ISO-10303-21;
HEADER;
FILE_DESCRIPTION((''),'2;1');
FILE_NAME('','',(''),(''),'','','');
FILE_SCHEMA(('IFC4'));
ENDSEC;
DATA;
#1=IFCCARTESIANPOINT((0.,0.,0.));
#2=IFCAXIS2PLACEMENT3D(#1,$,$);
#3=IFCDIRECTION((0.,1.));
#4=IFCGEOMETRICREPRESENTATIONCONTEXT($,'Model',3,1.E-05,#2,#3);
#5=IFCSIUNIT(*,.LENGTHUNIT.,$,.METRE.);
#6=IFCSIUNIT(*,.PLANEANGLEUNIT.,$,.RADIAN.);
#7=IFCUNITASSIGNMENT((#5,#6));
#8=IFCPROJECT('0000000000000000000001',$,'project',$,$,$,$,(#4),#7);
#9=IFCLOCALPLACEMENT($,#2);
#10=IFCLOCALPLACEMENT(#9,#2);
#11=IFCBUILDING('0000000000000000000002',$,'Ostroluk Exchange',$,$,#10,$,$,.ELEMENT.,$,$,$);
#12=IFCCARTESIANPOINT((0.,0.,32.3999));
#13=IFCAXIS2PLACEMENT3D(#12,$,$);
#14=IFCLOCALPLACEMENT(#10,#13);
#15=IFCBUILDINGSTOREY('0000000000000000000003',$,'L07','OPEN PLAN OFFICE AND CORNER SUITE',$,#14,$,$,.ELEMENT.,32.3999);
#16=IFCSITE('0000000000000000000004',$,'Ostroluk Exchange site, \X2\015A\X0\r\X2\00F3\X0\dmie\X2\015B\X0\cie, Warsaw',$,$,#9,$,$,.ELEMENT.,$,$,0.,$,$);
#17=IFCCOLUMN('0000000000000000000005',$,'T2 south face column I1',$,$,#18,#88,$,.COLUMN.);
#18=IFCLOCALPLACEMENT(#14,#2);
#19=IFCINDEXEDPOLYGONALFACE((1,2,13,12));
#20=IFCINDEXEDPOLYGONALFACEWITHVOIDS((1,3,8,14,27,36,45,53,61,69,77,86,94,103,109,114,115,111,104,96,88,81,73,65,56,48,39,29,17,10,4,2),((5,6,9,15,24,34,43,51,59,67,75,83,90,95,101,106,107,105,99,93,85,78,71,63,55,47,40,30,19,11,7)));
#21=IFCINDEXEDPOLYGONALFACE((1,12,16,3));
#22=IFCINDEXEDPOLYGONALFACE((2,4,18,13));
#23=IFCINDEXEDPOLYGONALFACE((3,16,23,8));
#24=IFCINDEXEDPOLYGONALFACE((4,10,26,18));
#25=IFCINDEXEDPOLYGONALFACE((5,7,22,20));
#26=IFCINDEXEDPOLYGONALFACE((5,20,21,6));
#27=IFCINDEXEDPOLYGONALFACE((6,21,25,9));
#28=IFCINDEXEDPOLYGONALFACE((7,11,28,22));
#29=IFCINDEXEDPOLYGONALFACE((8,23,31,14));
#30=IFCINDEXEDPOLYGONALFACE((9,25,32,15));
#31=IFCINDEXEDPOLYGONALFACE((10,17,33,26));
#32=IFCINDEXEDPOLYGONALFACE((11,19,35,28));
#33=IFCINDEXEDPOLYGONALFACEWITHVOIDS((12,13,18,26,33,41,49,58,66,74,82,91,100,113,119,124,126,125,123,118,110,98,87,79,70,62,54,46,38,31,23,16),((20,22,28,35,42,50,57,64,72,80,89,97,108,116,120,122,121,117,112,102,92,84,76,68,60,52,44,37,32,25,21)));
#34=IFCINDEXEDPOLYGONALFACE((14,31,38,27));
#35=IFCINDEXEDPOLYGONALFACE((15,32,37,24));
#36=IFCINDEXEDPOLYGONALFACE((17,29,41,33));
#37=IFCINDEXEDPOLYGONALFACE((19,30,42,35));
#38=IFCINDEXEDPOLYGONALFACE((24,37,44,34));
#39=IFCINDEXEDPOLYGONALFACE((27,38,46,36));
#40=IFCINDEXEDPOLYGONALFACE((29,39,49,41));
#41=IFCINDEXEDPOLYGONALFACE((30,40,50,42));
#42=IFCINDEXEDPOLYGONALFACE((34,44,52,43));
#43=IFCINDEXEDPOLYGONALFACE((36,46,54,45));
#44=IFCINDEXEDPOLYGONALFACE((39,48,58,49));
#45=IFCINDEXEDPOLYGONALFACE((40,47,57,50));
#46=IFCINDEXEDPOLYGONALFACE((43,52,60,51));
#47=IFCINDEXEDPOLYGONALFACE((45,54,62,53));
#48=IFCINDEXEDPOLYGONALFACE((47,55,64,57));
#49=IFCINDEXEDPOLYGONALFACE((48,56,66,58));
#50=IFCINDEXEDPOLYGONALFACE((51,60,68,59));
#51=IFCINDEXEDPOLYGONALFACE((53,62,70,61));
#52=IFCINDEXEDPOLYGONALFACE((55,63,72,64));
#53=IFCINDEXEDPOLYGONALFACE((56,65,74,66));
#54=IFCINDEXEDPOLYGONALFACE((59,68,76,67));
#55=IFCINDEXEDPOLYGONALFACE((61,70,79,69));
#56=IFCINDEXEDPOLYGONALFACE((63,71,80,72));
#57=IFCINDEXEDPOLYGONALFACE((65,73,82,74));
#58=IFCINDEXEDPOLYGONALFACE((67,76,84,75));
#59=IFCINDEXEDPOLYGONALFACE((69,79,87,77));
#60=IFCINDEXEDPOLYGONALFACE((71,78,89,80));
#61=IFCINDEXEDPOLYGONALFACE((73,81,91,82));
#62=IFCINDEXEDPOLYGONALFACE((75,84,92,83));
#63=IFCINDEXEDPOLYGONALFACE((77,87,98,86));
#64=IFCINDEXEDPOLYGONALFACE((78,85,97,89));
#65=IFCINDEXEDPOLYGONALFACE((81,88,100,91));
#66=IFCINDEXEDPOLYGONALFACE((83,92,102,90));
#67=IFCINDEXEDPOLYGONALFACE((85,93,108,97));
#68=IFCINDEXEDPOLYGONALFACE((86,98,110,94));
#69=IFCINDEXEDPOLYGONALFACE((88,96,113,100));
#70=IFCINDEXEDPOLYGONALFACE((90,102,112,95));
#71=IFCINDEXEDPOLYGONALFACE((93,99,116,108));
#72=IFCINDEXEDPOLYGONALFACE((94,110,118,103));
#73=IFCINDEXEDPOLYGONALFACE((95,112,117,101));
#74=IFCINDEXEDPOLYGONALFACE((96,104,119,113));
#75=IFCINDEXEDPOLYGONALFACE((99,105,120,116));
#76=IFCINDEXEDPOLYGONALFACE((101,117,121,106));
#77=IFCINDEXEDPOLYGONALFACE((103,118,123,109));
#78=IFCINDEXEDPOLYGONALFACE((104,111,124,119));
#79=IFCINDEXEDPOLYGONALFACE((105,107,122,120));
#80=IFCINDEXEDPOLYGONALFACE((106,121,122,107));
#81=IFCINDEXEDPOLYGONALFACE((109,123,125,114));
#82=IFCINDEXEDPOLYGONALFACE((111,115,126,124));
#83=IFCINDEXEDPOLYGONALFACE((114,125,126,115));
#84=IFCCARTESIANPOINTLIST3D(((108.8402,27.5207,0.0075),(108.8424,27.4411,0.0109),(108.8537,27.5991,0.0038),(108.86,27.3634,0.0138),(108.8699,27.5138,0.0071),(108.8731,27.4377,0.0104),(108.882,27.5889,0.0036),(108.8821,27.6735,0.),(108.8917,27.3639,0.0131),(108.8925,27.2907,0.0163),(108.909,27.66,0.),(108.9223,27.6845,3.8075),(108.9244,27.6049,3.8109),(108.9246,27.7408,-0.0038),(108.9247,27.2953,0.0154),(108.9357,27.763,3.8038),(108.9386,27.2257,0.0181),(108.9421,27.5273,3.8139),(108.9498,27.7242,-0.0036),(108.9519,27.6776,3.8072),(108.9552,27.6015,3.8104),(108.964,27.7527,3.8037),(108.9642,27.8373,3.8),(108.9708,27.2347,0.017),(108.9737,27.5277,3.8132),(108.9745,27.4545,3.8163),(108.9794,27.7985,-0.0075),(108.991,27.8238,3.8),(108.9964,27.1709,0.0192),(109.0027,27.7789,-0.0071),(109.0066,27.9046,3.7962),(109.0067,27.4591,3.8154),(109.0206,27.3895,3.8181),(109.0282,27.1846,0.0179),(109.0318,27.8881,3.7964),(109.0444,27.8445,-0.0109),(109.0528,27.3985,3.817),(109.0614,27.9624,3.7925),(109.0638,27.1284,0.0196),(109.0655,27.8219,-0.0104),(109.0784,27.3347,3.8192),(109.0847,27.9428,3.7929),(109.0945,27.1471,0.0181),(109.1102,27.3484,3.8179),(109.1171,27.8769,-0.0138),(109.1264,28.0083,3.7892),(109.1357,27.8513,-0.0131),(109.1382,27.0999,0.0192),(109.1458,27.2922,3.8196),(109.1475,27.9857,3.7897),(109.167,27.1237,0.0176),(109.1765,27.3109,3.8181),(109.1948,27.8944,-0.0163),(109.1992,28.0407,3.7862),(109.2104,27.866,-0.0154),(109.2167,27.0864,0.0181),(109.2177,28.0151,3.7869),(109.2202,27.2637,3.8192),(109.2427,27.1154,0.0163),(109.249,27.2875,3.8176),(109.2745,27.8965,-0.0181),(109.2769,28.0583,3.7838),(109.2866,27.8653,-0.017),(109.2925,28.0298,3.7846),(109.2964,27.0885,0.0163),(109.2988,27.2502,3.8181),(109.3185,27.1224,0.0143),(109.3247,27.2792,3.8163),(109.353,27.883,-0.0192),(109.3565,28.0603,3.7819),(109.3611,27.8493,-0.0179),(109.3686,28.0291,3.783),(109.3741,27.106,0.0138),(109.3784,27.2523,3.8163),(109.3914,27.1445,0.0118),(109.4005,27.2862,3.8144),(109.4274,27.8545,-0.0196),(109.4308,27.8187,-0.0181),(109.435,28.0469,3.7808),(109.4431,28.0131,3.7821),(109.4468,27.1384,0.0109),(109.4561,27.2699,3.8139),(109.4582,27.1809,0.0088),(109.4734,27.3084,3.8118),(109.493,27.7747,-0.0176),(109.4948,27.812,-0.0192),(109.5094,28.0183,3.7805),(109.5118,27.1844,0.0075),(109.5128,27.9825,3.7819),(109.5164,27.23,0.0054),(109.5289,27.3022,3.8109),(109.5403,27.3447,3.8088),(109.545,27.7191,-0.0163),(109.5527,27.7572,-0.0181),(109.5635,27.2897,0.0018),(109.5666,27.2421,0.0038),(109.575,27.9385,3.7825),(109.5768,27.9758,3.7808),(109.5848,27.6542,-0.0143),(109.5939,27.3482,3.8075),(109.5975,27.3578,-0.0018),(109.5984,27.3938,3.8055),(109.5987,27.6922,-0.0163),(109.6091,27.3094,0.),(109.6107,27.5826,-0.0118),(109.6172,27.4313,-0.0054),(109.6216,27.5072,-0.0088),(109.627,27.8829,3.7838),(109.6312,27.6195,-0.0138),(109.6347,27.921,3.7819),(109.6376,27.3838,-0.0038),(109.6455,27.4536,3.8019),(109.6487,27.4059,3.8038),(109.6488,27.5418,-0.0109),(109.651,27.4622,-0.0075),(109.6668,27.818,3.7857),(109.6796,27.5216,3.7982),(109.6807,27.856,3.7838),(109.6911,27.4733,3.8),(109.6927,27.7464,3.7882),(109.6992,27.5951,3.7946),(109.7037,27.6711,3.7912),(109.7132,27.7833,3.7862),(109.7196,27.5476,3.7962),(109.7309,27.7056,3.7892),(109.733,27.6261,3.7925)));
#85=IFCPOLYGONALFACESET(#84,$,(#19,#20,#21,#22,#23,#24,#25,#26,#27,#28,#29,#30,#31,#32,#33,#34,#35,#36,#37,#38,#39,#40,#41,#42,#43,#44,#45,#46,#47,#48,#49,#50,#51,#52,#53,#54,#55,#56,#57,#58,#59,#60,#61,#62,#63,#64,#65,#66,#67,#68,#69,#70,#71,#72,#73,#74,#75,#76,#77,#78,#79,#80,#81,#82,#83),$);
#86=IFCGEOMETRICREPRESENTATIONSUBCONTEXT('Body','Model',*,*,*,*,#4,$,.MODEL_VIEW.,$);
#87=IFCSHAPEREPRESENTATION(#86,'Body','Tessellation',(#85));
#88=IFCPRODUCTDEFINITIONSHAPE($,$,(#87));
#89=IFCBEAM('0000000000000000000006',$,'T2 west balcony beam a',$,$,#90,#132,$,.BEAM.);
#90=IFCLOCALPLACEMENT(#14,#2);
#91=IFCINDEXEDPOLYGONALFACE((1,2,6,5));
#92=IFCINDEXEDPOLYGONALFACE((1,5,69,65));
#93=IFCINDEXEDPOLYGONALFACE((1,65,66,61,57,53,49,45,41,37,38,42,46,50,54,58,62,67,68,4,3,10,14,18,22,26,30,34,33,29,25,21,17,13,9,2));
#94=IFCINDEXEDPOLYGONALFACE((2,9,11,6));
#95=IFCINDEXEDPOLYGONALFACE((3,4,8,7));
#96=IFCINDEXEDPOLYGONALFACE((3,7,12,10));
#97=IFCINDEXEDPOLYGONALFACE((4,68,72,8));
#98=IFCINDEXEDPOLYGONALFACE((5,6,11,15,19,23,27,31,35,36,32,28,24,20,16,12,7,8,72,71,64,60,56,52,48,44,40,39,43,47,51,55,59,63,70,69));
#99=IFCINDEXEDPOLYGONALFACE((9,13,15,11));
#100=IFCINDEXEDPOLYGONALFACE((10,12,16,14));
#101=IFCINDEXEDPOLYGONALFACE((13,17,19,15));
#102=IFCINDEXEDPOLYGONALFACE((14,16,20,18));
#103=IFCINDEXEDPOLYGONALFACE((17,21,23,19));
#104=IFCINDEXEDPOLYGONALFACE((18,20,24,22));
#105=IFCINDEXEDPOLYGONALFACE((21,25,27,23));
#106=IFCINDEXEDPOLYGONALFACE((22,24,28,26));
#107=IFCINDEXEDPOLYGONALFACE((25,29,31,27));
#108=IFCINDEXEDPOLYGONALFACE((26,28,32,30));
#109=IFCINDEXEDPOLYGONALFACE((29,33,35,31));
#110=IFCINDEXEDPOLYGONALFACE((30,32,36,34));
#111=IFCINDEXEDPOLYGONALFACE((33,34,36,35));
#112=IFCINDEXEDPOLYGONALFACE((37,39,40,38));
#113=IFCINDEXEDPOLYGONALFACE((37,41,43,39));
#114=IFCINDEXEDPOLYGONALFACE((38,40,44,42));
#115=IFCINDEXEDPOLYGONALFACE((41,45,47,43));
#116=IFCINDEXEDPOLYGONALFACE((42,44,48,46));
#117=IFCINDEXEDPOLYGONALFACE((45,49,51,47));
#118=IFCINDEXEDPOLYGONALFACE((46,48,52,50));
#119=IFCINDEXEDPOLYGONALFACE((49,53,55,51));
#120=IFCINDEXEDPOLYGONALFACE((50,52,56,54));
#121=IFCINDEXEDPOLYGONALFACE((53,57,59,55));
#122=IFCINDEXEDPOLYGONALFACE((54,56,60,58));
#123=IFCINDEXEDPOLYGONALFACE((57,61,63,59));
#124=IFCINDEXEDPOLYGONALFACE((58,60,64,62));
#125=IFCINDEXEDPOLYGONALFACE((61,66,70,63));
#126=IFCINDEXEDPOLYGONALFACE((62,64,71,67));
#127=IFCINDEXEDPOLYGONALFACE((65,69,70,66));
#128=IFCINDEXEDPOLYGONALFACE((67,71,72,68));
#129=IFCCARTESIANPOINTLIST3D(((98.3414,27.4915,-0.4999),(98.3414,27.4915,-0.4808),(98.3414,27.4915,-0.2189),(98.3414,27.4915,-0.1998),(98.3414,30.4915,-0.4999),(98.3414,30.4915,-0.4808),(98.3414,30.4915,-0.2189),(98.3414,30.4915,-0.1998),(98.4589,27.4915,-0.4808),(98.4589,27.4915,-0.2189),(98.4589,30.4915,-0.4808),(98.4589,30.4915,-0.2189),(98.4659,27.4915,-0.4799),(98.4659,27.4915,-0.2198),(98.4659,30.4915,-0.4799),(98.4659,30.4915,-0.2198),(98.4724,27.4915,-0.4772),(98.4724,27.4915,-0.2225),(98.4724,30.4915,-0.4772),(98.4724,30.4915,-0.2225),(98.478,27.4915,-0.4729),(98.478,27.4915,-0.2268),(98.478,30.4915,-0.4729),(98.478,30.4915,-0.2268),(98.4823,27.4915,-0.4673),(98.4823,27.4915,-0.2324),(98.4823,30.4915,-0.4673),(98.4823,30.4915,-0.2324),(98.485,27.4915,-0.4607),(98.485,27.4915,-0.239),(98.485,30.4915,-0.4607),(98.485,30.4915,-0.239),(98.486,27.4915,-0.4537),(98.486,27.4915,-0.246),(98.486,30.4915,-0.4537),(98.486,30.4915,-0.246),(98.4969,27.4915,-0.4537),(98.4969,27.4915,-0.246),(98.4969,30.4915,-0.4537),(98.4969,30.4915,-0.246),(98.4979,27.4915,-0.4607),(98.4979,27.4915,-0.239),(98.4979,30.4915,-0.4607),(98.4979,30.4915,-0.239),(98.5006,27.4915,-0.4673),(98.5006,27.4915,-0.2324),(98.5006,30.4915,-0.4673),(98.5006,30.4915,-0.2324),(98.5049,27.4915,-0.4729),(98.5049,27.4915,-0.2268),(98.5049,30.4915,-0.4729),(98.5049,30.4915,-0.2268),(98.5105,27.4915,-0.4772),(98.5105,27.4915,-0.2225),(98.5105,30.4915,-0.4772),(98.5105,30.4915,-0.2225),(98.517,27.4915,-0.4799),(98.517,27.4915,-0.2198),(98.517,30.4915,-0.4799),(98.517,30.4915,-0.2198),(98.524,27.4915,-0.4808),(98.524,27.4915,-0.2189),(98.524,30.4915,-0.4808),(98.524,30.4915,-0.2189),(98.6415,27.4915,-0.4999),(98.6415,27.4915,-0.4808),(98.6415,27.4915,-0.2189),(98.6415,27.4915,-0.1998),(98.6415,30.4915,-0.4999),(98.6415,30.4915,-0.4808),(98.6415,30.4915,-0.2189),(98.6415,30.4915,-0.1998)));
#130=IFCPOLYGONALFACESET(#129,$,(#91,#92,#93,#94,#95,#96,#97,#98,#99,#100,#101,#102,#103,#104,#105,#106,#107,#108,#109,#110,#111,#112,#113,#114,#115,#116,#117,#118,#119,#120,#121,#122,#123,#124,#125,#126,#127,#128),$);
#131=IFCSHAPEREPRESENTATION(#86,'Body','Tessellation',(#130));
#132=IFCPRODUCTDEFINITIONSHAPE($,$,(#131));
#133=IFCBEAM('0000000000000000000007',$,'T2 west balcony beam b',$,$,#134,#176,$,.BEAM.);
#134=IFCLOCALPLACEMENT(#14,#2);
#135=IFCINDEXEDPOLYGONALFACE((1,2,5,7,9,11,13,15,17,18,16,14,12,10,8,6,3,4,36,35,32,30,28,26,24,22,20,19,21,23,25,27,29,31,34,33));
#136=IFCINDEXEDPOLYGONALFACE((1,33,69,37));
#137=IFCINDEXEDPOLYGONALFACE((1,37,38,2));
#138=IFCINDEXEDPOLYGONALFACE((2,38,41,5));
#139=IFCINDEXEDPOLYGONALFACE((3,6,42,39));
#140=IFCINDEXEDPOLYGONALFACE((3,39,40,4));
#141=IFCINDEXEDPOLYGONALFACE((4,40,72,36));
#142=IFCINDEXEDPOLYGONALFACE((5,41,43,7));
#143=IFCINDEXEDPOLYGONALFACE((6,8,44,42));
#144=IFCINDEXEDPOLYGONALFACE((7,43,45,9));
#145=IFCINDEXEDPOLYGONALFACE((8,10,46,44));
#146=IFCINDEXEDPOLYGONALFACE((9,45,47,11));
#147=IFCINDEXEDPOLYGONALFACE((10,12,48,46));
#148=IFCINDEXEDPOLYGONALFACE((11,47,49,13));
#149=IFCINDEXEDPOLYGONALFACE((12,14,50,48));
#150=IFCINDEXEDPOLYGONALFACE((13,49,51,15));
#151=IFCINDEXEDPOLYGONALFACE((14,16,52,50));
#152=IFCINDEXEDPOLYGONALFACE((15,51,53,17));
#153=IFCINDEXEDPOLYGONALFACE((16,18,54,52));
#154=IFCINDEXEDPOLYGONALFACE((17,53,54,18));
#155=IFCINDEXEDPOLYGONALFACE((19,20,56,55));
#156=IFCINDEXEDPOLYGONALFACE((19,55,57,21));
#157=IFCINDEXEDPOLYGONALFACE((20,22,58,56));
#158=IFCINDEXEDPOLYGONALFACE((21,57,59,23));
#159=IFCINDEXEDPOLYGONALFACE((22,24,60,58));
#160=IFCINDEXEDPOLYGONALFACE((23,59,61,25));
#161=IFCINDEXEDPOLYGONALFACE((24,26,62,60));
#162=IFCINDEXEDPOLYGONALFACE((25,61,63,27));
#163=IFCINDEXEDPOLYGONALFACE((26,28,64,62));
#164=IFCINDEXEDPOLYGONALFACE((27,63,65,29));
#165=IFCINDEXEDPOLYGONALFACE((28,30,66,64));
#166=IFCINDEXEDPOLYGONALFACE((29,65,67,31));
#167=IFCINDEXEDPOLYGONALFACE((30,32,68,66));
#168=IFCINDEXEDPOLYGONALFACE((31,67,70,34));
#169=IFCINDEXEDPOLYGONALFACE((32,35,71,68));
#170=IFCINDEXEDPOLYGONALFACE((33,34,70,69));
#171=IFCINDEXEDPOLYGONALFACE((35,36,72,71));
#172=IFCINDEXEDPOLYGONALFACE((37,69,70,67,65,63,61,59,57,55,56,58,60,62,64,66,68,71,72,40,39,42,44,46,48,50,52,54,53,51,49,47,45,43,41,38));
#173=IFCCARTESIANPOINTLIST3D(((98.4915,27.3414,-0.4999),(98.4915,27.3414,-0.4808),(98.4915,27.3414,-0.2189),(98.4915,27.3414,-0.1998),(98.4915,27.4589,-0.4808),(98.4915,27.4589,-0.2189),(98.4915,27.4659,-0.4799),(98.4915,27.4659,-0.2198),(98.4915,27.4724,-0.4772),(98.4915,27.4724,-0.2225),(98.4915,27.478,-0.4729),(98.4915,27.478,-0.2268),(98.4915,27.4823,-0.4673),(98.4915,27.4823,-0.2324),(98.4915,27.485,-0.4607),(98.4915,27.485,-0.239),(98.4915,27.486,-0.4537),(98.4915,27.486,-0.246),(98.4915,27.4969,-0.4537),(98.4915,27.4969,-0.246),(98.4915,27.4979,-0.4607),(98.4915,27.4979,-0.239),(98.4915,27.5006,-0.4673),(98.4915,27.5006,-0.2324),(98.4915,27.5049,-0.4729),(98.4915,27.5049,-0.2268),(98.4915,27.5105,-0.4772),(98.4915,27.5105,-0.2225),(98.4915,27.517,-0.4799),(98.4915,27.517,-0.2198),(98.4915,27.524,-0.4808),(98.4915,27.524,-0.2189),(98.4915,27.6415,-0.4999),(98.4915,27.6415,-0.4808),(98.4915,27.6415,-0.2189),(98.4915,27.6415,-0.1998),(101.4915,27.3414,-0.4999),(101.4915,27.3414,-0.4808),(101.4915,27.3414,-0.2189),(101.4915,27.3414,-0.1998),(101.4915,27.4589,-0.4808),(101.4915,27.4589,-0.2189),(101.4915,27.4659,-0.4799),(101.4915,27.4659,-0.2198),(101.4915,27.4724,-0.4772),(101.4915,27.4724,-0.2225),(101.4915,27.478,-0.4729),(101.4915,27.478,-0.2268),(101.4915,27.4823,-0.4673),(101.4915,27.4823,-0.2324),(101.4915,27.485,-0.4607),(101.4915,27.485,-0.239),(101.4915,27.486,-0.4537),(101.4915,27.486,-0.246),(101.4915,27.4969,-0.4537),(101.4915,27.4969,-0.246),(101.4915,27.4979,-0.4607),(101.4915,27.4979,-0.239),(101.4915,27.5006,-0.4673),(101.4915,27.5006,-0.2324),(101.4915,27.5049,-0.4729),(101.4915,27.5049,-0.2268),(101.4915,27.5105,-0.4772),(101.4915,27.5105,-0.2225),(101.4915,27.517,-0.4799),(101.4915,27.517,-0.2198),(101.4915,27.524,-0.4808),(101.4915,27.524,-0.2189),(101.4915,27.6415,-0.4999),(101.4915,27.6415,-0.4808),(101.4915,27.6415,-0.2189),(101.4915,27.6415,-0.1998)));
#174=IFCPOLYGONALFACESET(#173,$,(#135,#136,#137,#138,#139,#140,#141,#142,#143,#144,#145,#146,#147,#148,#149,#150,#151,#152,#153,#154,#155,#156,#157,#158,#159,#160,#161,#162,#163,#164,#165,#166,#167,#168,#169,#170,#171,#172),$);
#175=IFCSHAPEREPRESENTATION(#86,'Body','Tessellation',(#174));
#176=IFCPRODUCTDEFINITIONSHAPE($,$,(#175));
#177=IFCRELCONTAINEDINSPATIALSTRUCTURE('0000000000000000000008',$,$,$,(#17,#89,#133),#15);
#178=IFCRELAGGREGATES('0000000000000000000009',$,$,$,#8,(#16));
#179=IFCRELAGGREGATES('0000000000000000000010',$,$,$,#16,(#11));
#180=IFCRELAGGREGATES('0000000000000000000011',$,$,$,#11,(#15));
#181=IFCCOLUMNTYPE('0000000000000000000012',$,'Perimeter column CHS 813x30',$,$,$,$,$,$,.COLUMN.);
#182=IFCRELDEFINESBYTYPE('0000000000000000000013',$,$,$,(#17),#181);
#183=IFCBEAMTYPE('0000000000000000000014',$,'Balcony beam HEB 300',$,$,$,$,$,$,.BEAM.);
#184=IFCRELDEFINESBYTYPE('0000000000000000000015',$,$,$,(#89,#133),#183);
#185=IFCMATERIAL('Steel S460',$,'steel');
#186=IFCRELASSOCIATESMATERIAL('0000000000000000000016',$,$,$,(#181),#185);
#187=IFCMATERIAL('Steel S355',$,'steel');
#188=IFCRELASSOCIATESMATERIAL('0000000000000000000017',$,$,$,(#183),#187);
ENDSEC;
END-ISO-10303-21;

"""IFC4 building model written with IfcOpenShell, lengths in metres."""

from ifc_helpers import new_model, si_unit, direction, frame, origin, origin_2d, place, context, subcontext, project, spatial, hollow_circle, i_section, extrude, material, material_profile, profile_set, type_object, element, save


model = new_model("IFC4")

# Units and contexts
model_context = context("Model", 3, precision=1e-05, world=origin(), true_north=direction((0.0, 1.0)))
body_context = subcontext(model_context, "Body", "Model", "MODEL_VIEW")
ifc_project = project(units=[si_unit("LENGTHUNIT", "METRE"), si_unit("PLANEANGLEUNIT", "RADIAN")], contexts=[model_context])

# Site, building, storey
site_placement = place(None, origin())
site = spatial("IfcSite", under=ifc_project, at=site_placement, Name="Ostroluk Exchange site, Śródmieście, Warsaw", CompositionType="ELEMENT", RefElevation=0.0)
building_placement = place(site_placement, origin())
building = spatial("IfcBuilding", under=site, at=building_placement, Name="Ostroluk Exchange", CompositionType="ELEMENT")
storey_placement = place(building_placement, frame((0.0, 0.0, 32.3999)))
storey = spatial("IfcBuildingStorey", under=building, at=storey_placement, Name="L07", Description="OPEN PLAN OFFICE AND CORNER SUITE", CompositionType="ELEMENT", Elevation=32.3999)

# Column
ifc_material_1 = material(Name="Steel S460", Category="steel")
ifc_material_profile_1 = material_profile(ifc_material_1, hollow_circle(Radius=0.4065, WallThickness=0.03, at=origin_2d()), Name="CHS 813x30")
ifc_profile_set_1 = profile_set([ifc_material_profile_1], Name="Steel S460")
column_type_1 = type_object("IfcColumnType", Name="Perimeter column CHS 813x30", PredefinedType="COLUMN", material=ifc_profile_set_1)
column_1_placement = place(storey_placement, frame((109.2456, 27.4915, 0.0), z_axis=(0.021562, 0.04306, 0.99884), x_axis=(-0.894161, 0.447747, 0.0)))
element("IfcColumn", 1, at=column_1_placement, inside=storey, type_object=column_type_1, Name="T2 south face column I1", PredefinedType="COLUMN", context=body_context, shape_type="SweptSolid", body=[
    extrude(hollow_circle(Radius=0.4065, WallThickness=0.03, at=origin_2d()), origin(), (0.0, 0.0, 1.0), 3.8044),
])

# Beams
ifc_material_2 = material(Name="Steel S355", Category="steel")
ifc_material_profile_2 = material_profile(ifc_material_2, i_section(OverallWidth=0.3, OverallDepth=0.3, WebThickness=0.011, FlangeThickness=0.019, FilletRadius=0.0271, at=origin_2d()), Name="HEB 300")
ifc_profile_set_2 = profile_set([ifc_material_profile_2], Name="Steel S355")
beam_type_1 = type_object("IfcBeamType", Name="Balcony beam HEB 300", PredefinedType="BEAM", material=ifc_profile_set_2)
for number, where, z_axis, x_axis, name in (
    (2, (98.4915, 30.4915, -0.3499), (0.0, -1.0, 0.0), (1.0, 0.0, 0.0), "T2 west balcony beam a"),
    (3, (101.4915, 27.4915, -0.3499), (-1.0, 0.0, 0.0), (0.0, -1.0, 0.0), "T2 west balcony beam b"),
):
    element("IfcBeam", number, at=place(storey_placement, frame(where, z_axis=z_axis, x_axis=x_axis)), inside=storey, type_object=beam_type_1, Name=name, PredefinedType="BEAM", context=body_context, shape_type="SweptSolid", body=[
        extrude(i_section(OverallWidth=0.3, OverallDepth=0.3, WebThickness=0.011, FlangeThickness=0.019, FilletRadius=0.0271, at=origin_2d()), origin(), (0.0, 0.0, 1.0), 3.0),
    ])

save(model, "model.ifc")
